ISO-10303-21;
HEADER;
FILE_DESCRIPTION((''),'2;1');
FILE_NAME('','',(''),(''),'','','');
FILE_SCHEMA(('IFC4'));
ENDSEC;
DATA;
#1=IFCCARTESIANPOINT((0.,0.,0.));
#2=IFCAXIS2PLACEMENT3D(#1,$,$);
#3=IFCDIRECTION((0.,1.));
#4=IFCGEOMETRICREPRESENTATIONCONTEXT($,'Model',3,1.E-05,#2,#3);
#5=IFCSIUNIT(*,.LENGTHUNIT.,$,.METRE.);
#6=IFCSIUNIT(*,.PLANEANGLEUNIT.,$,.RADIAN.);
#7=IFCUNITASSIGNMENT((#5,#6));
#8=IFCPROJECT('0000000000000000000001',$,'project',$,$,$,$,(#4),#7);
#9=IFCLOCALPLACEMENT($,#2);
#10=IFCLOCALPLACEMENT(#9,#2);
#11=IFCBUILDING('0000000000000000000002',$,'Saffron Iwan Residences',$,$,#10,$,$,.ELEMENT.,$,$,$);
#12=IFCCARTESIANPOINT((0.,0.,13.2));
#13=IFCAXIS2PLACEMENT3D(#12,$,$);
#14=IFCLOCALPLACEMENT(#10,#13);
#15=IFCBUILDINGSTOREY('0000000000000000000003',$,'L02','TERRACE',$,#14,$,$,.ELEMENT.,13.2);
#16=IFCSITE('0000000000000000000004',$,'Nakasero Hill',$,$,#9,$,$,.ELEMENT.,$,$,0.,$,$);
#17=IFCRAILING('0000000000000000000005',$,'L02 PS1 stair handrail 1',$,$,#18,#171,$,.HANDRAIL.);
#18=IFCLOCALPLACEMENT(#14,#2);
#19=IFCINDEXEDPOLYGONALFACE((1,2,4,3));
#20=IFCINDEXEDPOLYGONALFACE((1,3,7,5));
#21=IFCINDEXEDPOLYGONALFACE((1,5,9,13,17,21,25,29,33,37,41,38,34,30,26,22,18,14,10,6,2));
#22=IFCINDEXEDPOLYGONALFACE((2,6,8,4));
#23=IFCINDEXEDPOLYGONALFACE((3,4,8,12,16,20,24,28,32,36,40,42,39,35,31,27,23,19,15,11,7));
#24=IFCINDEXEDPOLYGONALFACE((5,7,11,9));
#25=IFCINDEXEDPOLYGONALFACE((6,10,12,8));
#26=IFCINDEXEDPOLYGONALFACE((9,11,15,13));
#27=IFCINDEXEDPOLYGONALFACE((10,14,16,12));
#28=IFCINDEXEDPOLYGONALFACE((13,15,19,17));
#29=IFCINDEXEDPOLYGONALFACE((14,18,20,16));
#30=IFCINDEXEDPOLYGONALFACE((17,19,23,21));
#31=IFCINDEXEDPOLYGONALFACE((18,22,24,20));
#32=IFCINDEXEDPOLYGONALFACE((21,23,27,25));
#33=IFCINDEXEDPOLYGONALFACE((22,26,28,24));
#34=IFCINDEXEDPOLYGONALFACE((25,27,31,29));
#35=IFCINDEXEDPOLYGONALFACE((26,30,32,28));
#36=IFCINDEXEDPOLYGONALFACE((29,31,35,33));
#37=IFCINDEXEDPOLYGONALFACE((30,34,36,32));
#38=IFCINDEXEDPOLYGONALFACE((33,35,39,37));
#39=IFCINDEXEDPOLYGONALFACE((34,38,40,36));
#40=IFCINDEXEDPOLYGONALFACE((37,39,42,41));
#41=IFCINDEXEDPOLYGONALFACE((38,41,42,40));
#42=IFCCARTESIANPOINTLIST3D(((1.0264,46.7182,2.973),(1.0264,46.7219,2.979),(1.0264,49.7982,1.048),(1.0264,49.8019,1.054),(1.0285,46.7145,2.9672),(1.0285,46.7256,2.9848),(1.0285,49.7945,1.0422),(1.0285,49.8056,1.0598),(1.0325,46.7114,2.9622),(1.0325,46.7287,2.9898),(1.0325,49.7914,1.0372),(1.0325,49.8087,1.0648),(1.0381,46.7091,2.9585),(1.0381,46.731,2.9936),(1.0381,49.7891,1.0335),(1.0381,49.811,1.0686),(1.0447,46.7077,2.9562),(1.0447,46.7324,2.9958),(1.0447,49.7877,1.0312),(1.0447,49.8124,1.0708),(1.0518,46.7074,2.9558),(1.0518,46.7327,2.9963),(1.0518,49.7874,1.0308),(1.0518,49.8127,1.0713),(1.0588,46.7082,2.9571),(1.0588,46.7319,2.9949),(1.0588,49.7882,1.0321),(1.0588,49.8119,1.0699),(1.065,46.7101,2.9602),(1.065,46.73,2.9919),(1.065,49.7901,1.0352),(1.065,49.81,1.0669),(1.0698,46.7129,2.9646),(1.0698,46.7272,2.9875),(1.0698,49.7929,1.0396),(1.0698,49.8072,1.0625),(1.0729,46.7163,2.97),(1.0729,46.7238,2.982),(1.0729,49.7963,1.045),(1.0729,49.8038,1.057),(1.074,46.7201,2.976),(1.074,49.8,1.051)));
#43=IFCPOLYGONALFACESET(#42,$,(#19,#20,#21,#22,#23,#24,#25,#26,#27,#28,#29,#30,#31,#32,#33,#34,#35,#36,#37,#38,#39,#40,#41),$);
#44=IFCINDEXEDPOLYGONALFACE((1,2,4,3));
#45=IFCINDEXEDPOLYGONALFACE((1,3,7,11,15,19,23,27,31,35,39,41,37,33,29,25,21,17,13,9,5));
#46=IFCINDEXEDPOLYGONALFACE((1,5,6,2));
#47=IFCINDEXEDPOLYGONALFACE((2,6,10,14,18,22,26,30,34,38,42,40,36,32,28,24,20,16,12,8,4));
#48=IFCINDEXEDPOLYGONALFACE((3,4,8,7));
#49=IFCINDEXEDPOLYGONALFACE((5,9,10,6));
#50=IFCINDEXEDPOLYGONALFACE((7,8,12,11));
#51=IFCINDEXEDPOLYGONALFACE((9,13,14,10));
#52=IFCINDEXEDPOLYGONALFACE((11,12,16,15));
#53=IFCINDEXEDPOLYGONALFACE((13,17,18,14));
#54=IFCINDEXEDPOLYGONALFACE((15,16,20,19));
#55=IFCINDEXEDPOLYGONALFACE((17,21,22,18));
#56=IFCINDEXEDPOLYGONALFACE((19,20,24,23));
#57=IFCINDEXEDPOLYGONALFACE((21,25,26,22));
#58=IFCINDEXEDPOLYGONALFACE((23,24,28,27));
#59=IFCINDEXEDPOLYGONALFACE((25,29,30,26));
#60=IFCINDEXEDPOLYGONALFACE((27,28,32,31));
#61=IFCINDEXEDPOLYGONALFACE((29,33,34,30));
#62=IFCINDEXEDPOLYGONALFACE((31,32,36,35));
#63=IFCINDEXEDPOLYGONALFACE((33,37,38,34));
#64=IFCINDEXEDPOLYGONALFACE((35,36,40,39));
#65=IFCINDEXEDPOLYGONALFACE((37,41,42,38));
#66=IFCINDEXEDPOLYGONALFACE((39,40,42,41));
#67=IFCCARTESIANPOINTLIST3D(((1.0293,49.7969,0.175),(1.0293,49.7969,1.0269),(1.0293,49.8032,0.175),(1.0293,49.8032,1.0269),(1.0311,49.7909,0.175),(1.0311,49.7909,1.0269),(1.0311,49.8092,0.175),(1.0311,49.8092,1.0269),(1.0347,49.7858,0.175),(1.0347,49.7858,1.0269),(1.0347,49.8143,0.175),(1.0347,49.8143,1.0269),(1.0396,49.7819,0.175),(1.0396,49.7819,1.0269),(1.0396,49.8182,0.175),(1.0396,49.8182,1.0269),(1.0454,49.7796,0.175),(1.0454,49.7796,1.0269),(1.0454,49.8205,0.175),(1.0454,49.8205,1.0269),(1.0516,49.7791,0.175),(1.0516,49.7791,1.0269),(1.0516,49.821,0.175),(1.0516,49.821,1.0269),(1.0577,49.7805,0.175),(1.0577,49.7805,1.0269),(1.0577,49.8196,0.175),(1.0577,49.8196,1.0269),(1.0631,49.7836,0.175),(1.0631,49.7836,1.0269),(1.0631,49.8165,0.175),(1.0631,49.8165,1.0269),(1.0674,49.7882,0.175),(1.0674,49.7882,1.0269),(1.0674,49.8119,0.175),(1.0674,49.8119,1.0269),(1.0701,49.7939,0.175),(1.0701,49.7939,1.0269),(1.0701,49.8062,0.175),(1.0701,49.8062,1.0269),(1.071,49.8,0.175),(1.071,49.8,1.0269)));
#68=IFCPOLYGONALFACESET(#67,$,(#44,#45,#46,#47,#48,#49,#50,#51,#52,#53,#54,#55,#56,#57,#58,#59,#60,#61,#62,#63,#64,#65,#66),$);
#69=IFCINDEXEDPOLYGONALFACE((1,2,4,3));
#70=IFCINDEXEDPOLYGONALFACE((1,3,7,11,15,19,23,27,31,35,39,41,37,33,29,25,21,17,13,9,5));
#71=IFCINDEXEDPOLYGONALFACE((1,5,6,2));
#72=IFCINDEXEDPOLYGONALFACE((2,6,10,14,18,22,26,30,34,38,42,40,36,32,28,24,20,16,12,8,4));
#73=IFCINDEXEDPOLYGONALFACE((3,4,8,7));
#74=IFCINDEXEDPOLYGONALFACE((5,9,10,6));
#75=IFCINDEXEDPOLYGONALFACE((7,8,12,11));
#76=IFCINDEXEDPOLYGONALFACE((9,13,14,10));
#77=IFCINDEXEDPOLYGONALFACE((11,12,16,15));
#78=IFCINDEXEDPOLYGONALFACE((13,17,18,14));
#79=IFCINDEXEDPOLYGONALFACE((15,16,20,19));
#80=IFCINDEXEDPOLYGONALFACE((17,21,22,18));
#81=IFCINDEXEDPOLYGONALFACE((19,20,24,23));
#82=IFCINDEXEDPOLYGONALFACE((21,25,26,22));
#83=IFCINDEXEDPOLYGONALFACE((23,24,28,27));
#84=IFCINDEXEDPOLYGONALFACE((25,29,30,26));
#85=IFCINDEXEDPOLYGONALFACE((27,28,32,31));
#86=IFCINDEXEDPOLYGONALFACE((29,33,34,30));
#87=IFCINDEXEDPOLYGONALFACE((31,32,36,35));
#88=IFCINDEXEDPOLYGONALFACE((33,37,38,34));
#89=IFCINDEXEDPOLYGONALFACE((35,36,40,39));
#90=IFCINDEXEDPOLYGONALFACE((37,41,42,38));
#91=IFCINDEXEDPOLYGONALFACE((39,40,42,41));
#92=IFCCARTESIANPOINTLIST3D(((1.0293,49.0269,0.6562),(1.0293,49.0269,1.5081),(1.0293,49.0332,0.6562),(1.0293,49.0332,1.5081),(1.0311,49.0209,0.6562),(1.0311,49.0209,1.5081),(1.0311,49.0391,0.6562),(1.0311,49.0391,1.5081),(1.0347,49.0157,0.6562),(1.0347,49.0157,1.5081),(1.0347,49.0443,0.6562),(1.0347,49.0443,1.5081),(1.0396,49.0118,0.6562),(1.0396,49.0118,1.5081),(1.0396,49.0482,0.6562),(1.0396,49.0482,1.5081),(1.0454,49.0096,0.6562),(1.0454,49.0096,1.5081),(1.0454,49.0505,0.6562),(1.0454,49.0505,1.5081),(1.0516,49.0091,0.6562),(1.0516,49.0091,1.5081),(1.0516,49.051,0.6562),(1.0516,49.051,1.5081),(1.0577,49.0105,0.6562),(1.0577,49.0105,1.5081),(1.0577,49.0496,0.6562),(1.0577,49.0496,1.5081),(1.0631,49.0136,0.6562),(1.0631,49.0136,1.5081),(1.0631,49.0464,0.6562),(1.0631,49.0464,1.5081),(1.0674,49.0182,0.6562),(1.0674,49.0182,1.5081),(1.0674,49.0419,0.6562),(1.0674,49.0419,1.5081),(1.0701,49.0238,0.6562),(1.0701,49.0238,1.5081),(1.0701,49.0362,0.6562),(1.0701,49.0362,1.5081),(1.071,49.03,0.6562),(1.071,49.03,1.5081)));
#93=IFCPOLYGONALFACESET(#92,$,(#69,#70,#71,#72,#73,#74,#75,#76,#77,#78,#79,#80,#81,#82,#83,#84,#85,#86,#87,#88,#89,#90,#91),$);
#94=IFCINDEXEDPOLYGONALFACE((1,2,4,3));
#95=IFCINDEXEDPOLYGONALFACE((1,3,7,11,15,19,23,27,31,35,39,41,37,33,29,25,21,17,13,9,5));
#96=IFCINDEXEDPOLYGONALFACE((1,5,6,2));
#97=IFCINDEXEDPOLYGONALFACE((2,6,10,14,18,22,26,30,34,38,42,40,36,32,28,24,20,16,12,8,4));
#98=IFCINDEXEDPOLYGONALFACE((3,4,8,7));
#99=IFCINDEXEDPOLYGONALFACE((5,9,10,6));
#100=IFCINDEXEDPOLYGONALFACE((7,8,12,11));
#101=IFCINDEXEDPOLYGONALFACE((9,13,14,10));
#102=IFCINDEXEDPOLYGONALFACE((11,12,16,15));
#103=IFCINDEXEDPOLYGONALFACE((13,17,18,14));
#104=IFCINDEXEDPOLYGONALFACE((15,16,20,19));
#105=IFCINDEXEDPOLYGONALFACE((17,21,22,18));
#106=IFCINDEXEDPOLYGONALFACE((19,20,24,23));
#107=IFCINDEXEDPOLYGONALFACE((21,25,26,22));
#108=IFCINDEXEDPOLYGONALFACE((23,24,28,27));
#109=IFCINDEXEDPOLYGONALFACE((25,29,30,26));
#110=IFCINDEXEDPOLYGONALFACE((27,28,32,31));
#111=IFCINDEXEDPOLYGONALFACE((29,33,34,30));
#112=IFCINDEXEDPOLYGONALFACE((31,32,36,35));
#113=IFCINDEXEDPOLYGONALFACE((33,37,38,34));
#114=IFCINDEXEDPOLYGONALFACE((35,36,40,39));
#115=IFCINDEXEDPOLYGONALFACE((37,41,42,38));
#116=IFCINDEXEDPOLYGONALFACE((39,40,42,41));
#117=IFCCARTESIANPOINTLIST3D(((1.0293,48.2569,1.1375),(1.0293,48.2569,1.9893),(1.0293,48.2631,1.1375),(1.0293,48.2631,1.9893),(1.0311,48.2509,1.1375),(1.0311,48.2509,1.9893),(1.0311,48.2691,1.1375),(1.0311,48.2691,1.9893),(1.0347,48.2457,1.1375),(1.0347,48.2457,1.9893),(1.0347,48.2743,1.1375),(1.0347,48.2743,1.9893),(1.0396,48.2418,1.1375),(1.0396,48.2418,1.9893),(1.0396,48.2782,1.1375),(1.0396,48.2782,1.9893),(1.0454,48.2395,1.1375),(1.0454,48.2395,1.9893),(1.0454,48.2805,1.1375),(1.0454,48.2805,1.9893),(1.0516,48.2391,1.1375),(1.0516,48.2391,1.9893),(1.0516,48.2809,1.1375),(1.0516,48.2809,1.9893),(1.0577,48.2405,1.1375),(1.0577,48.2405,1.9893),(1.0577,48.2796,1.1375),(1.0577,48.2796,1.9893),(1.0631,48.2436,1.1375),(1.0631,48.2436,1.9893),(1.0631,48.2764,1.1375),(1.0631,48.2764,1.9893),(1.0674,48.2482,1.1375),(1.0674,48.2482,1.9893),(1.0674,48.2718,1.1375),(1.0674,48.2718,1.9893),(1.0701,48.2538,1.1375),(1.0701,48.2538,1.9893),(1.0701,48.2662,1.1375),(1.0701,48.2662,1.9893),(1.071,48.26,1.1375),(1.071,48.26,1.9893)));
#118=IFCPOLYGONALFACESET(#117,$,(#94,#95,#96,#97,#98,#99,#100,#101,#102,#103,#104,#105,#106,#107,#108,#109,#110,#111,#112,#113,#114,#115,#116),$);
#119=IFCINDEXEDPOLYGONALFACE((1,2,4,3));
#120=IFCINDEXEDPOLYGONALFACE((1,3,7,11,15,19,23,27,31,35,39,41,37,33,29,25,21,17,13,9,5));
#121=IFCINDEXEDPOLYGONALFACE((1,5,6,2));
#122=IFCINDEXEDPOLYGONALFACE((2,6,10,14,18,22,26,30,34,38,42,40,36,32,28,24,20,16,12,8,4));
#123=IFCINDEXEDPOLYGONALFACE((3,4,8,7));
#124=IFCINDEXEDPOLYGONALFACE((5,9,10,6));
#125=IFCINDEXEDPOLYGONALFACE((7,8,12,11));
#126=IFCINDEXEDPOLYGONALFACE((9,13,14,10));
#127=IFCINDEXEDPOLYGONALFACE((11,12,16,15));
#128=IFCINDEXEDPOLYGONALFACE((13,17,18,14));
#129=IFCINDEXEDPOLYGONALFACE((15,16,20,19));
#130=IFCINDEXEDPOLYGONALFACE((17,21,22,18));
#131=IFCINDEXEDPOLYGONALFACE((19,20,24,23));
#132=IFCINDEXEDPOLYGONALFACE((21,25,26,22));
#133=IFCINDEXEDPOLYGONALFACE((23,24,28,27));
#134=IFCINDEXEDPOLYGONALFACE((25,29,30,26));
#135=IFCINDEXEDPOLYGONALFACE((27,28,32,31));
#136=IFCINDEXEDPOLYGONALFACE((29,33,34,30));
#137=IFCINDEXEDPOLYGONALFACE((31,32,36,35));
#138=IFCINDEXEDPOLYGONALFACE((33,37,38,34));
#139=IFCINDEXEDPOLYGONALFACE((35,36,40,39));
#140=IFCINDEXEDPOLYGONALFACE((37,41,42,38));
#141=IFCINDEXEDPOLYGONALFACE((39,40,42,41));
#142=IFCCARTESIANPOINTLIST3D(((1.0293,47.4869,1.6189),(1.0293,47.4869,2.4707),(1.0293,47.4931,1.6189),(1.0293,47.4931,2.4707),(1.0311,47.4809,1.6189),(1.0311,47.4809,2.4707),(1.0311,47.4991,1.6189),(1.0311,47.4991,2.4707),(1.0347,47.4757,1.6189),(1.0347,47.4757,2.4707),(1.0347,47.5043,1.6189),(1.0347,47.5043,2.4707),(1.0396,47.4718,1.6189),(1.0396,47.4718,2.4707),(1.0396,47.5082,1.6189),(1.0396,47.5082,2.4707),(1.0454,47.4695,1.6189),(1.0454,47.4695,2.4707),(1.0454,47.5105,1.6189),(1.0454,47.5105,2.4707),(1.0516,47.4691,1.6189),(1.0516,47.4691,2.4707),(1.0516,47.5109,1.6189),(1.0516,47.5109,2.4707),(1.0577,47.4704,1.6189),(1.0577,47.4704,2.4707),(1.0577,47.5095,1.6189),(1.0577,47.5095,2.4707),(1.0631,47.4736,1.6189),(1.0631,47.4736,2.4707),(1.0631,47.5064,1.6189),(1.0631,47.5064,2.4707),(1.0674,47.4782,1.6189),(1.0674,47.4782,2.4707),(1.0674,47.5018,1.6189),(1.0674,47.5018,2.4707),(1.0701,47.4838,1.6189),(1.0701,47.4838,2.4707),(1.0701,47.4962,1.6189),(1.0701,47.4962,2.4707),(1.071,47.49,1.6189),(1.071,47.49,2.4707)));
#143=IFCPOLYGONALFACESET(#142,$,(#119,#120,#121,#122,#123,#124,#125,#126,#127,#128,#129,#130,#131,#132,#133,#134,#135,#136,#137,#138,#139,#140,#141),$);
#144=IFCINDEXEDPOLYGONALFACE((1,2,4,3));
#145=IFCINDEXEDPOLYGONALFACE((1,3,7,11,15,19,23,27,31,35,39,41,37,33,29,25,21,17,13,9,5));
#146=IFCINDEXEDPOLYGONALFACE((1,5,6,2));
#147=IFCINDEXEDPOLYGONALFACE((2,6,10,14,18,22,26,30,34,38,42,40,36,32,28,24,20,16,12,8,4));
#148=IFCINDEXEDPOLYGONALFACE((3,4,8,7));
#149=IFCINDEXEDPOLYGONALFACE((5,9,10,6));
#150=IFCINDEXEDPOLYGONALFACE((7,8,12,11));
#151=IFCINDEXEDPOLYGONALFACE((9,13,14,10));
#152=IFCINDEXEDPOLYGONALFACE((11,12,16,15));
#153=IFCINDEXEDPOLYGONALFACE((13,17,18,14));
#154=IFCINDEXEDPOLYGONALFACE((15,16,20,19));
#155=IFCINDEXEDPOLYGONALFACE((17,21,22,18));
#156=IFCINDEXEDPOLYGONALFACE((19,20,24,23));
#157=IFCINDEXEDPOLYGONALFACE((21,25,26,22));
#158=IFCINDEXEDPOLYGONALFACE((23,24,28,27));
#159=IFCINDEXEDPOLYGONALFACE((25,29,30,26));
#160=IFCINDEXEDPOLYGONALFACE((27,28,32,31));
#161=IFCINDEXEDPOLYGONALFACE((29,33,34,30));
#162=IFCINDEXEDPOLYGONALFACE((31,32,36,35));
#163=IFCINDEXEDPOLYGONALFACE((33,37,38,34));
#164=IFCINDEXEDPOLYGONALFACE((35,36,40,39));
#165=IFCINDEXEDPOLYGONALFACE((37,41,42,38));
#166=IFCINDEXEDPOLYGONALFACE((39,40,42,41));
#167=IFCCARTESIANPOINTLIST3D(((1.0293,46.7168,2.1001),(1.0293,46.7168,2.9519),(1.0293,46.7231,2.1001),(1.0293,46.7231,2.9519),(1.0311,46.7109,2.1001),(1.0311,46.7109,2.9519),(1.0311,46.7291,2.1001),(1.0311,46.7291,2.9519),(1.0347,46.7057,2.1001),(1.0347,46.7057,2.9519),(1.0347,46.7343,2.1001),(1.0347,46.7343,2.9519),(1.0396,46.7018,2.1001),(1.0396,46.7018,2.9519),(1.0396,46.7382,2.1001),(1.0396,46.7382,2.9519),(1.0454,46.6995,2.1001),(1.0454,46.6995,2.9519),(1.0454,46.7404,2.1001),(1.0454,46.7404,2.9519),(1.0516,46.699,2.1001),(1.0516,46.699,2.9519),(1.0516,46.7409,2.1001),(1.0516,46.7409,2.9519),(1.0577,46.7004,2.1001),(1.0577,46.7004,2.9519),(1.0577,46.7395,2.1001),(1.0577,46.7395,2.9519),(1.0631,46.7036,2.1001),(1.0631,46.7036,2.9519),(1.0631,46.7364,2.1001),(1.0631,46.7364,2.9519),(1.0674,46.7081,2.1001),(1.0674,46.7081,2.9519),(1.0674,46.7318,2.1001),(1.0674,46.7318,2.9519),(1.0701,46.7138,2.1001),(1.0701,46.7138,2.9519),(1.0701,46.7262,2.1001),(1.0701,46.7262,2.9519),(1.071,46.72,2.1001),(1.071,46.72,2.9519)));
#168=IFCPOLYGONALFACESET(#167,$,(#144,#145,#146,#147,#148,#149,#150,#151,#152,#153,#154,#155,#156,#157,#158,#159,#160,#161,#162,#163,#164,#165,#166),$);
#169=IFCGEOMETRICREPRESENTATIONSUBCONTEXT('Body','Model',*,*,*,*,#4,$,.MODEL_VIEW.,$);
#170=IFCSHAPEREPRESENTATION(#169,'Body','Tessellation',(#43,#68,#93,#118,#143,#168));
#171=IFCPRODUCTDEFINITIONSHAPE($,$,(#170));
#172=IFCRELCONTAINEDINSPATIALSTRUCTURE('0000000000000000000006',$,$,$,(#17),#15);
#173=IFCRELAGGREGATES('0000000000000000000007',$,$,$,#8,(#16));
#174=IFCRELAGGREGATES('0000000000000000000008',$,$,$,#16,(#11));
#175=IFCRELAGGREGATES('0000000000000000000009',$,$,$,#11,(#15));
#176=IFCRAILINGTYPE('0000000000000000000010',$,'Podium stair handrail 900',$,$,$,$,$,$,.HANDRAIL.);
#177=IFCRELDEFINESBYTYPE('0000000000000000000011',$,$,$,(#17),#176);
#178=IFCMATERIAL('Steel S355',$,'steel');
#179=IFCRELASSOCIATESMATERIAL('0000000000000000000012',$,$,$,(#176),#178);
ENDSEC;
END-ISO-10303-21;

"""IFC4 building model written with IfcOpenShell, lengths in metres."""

from ifc_helpers import new_model, si_unit, direction, frame, origin, origin_2d, place, context, subcontext, project, spatial, circle, extrude, material, type_object, element, save


model = new_model("IFC4")

# Units and contexts
model_context = context("Model", 3, precision=1e-05, world=origin(), true_north=direction((0.0, 1.0)))
body_context = subcontext(model_context, "Body", "Model", "MODEL_VIEW")
ifc_project = project(units=[si_unit("LENGTHUNIT", "METRE"), si_unit("PLANEANGLEUNIT", "RADIAN")], contexts=[model_context])

# Site, building, storey
site_placement = place(None, origin())
site = spatial("IfcSite", under=ifc_project, at=site_placement, Name="Nakasero Hill", CompositionType="ELEMENT", RefElevation=0.0)
building_placement = place(site_placement, origin())
building = spatial("IfcBuilding", under=site, at=building_placement, Name="Saffron Iwan Residences", CompositionType="ELEMENT")
storey_placement = place(building_placement, frame((0.0, 0.0, 13.2)))
storey = spatial("IfcBuildingStorey", under=building, at=storey_placement, Name="L02", Description="TERRACE", CompositionType="ELEMENT", Elevation=13.2)

# Railing
ifc_material_1 = material(Name="Steel S355", Category="steel")
railing_type_1 = type_object("IfcRailingType", Name="Podium stair handrail 900", PredefinedType="HANDRAIL", material=ifc_material_1)
railing_1_placement = place(storey_placement, frame((1.05, 49.8, 0.175)))
element("IfcRailing", 1, at=railing_1_placement, inside=storey, type_object=railing_type_1, Name="L02 PS1 stair handrail 1", PredefinedType="HANDRAIL", context=body_context, shape_type="SweptSolid", body=[
    extrude(circle(Radius=0.0239, at=origin_2d()), frame((0.0, 0.0, 0.876), z_axis=(0.0, -0.847998, 0.529999), x_axis=(1.0, 0.0, 0.0)), (0.0, 0.0, 1.0), 3.6321),
    extrude(circle(Radius=0.021, at=origin_2d()), origin(), (0.0, 0.0, 1.0), 0.8518),
    extrude(circle(Radius=0.021, at=origin_2d()), frame((0.0, -0.77, 0.4812)), (0.0, 0.0, 1.0), 0.8518),
    extrude(circle(Radius=0.021, at=origin_2d()), frame((0.0, -1.54, 0.9624)), (0.0, 0.0, 1.0), 0.8518),
    extrude(circle(Radius=0.021, at=origin_2d()), frame((0.0, -2.3101, 1.4438)), (0.0, 0.0, 1.0), 0.8518),
    extrude(circle(Radius=0.021, at=origin_2d()), frame((0.0, -3.0801, 1.925)), (0.0, 0.0, 1.0), 0.8518),
])

save(model, "model.ifc")
